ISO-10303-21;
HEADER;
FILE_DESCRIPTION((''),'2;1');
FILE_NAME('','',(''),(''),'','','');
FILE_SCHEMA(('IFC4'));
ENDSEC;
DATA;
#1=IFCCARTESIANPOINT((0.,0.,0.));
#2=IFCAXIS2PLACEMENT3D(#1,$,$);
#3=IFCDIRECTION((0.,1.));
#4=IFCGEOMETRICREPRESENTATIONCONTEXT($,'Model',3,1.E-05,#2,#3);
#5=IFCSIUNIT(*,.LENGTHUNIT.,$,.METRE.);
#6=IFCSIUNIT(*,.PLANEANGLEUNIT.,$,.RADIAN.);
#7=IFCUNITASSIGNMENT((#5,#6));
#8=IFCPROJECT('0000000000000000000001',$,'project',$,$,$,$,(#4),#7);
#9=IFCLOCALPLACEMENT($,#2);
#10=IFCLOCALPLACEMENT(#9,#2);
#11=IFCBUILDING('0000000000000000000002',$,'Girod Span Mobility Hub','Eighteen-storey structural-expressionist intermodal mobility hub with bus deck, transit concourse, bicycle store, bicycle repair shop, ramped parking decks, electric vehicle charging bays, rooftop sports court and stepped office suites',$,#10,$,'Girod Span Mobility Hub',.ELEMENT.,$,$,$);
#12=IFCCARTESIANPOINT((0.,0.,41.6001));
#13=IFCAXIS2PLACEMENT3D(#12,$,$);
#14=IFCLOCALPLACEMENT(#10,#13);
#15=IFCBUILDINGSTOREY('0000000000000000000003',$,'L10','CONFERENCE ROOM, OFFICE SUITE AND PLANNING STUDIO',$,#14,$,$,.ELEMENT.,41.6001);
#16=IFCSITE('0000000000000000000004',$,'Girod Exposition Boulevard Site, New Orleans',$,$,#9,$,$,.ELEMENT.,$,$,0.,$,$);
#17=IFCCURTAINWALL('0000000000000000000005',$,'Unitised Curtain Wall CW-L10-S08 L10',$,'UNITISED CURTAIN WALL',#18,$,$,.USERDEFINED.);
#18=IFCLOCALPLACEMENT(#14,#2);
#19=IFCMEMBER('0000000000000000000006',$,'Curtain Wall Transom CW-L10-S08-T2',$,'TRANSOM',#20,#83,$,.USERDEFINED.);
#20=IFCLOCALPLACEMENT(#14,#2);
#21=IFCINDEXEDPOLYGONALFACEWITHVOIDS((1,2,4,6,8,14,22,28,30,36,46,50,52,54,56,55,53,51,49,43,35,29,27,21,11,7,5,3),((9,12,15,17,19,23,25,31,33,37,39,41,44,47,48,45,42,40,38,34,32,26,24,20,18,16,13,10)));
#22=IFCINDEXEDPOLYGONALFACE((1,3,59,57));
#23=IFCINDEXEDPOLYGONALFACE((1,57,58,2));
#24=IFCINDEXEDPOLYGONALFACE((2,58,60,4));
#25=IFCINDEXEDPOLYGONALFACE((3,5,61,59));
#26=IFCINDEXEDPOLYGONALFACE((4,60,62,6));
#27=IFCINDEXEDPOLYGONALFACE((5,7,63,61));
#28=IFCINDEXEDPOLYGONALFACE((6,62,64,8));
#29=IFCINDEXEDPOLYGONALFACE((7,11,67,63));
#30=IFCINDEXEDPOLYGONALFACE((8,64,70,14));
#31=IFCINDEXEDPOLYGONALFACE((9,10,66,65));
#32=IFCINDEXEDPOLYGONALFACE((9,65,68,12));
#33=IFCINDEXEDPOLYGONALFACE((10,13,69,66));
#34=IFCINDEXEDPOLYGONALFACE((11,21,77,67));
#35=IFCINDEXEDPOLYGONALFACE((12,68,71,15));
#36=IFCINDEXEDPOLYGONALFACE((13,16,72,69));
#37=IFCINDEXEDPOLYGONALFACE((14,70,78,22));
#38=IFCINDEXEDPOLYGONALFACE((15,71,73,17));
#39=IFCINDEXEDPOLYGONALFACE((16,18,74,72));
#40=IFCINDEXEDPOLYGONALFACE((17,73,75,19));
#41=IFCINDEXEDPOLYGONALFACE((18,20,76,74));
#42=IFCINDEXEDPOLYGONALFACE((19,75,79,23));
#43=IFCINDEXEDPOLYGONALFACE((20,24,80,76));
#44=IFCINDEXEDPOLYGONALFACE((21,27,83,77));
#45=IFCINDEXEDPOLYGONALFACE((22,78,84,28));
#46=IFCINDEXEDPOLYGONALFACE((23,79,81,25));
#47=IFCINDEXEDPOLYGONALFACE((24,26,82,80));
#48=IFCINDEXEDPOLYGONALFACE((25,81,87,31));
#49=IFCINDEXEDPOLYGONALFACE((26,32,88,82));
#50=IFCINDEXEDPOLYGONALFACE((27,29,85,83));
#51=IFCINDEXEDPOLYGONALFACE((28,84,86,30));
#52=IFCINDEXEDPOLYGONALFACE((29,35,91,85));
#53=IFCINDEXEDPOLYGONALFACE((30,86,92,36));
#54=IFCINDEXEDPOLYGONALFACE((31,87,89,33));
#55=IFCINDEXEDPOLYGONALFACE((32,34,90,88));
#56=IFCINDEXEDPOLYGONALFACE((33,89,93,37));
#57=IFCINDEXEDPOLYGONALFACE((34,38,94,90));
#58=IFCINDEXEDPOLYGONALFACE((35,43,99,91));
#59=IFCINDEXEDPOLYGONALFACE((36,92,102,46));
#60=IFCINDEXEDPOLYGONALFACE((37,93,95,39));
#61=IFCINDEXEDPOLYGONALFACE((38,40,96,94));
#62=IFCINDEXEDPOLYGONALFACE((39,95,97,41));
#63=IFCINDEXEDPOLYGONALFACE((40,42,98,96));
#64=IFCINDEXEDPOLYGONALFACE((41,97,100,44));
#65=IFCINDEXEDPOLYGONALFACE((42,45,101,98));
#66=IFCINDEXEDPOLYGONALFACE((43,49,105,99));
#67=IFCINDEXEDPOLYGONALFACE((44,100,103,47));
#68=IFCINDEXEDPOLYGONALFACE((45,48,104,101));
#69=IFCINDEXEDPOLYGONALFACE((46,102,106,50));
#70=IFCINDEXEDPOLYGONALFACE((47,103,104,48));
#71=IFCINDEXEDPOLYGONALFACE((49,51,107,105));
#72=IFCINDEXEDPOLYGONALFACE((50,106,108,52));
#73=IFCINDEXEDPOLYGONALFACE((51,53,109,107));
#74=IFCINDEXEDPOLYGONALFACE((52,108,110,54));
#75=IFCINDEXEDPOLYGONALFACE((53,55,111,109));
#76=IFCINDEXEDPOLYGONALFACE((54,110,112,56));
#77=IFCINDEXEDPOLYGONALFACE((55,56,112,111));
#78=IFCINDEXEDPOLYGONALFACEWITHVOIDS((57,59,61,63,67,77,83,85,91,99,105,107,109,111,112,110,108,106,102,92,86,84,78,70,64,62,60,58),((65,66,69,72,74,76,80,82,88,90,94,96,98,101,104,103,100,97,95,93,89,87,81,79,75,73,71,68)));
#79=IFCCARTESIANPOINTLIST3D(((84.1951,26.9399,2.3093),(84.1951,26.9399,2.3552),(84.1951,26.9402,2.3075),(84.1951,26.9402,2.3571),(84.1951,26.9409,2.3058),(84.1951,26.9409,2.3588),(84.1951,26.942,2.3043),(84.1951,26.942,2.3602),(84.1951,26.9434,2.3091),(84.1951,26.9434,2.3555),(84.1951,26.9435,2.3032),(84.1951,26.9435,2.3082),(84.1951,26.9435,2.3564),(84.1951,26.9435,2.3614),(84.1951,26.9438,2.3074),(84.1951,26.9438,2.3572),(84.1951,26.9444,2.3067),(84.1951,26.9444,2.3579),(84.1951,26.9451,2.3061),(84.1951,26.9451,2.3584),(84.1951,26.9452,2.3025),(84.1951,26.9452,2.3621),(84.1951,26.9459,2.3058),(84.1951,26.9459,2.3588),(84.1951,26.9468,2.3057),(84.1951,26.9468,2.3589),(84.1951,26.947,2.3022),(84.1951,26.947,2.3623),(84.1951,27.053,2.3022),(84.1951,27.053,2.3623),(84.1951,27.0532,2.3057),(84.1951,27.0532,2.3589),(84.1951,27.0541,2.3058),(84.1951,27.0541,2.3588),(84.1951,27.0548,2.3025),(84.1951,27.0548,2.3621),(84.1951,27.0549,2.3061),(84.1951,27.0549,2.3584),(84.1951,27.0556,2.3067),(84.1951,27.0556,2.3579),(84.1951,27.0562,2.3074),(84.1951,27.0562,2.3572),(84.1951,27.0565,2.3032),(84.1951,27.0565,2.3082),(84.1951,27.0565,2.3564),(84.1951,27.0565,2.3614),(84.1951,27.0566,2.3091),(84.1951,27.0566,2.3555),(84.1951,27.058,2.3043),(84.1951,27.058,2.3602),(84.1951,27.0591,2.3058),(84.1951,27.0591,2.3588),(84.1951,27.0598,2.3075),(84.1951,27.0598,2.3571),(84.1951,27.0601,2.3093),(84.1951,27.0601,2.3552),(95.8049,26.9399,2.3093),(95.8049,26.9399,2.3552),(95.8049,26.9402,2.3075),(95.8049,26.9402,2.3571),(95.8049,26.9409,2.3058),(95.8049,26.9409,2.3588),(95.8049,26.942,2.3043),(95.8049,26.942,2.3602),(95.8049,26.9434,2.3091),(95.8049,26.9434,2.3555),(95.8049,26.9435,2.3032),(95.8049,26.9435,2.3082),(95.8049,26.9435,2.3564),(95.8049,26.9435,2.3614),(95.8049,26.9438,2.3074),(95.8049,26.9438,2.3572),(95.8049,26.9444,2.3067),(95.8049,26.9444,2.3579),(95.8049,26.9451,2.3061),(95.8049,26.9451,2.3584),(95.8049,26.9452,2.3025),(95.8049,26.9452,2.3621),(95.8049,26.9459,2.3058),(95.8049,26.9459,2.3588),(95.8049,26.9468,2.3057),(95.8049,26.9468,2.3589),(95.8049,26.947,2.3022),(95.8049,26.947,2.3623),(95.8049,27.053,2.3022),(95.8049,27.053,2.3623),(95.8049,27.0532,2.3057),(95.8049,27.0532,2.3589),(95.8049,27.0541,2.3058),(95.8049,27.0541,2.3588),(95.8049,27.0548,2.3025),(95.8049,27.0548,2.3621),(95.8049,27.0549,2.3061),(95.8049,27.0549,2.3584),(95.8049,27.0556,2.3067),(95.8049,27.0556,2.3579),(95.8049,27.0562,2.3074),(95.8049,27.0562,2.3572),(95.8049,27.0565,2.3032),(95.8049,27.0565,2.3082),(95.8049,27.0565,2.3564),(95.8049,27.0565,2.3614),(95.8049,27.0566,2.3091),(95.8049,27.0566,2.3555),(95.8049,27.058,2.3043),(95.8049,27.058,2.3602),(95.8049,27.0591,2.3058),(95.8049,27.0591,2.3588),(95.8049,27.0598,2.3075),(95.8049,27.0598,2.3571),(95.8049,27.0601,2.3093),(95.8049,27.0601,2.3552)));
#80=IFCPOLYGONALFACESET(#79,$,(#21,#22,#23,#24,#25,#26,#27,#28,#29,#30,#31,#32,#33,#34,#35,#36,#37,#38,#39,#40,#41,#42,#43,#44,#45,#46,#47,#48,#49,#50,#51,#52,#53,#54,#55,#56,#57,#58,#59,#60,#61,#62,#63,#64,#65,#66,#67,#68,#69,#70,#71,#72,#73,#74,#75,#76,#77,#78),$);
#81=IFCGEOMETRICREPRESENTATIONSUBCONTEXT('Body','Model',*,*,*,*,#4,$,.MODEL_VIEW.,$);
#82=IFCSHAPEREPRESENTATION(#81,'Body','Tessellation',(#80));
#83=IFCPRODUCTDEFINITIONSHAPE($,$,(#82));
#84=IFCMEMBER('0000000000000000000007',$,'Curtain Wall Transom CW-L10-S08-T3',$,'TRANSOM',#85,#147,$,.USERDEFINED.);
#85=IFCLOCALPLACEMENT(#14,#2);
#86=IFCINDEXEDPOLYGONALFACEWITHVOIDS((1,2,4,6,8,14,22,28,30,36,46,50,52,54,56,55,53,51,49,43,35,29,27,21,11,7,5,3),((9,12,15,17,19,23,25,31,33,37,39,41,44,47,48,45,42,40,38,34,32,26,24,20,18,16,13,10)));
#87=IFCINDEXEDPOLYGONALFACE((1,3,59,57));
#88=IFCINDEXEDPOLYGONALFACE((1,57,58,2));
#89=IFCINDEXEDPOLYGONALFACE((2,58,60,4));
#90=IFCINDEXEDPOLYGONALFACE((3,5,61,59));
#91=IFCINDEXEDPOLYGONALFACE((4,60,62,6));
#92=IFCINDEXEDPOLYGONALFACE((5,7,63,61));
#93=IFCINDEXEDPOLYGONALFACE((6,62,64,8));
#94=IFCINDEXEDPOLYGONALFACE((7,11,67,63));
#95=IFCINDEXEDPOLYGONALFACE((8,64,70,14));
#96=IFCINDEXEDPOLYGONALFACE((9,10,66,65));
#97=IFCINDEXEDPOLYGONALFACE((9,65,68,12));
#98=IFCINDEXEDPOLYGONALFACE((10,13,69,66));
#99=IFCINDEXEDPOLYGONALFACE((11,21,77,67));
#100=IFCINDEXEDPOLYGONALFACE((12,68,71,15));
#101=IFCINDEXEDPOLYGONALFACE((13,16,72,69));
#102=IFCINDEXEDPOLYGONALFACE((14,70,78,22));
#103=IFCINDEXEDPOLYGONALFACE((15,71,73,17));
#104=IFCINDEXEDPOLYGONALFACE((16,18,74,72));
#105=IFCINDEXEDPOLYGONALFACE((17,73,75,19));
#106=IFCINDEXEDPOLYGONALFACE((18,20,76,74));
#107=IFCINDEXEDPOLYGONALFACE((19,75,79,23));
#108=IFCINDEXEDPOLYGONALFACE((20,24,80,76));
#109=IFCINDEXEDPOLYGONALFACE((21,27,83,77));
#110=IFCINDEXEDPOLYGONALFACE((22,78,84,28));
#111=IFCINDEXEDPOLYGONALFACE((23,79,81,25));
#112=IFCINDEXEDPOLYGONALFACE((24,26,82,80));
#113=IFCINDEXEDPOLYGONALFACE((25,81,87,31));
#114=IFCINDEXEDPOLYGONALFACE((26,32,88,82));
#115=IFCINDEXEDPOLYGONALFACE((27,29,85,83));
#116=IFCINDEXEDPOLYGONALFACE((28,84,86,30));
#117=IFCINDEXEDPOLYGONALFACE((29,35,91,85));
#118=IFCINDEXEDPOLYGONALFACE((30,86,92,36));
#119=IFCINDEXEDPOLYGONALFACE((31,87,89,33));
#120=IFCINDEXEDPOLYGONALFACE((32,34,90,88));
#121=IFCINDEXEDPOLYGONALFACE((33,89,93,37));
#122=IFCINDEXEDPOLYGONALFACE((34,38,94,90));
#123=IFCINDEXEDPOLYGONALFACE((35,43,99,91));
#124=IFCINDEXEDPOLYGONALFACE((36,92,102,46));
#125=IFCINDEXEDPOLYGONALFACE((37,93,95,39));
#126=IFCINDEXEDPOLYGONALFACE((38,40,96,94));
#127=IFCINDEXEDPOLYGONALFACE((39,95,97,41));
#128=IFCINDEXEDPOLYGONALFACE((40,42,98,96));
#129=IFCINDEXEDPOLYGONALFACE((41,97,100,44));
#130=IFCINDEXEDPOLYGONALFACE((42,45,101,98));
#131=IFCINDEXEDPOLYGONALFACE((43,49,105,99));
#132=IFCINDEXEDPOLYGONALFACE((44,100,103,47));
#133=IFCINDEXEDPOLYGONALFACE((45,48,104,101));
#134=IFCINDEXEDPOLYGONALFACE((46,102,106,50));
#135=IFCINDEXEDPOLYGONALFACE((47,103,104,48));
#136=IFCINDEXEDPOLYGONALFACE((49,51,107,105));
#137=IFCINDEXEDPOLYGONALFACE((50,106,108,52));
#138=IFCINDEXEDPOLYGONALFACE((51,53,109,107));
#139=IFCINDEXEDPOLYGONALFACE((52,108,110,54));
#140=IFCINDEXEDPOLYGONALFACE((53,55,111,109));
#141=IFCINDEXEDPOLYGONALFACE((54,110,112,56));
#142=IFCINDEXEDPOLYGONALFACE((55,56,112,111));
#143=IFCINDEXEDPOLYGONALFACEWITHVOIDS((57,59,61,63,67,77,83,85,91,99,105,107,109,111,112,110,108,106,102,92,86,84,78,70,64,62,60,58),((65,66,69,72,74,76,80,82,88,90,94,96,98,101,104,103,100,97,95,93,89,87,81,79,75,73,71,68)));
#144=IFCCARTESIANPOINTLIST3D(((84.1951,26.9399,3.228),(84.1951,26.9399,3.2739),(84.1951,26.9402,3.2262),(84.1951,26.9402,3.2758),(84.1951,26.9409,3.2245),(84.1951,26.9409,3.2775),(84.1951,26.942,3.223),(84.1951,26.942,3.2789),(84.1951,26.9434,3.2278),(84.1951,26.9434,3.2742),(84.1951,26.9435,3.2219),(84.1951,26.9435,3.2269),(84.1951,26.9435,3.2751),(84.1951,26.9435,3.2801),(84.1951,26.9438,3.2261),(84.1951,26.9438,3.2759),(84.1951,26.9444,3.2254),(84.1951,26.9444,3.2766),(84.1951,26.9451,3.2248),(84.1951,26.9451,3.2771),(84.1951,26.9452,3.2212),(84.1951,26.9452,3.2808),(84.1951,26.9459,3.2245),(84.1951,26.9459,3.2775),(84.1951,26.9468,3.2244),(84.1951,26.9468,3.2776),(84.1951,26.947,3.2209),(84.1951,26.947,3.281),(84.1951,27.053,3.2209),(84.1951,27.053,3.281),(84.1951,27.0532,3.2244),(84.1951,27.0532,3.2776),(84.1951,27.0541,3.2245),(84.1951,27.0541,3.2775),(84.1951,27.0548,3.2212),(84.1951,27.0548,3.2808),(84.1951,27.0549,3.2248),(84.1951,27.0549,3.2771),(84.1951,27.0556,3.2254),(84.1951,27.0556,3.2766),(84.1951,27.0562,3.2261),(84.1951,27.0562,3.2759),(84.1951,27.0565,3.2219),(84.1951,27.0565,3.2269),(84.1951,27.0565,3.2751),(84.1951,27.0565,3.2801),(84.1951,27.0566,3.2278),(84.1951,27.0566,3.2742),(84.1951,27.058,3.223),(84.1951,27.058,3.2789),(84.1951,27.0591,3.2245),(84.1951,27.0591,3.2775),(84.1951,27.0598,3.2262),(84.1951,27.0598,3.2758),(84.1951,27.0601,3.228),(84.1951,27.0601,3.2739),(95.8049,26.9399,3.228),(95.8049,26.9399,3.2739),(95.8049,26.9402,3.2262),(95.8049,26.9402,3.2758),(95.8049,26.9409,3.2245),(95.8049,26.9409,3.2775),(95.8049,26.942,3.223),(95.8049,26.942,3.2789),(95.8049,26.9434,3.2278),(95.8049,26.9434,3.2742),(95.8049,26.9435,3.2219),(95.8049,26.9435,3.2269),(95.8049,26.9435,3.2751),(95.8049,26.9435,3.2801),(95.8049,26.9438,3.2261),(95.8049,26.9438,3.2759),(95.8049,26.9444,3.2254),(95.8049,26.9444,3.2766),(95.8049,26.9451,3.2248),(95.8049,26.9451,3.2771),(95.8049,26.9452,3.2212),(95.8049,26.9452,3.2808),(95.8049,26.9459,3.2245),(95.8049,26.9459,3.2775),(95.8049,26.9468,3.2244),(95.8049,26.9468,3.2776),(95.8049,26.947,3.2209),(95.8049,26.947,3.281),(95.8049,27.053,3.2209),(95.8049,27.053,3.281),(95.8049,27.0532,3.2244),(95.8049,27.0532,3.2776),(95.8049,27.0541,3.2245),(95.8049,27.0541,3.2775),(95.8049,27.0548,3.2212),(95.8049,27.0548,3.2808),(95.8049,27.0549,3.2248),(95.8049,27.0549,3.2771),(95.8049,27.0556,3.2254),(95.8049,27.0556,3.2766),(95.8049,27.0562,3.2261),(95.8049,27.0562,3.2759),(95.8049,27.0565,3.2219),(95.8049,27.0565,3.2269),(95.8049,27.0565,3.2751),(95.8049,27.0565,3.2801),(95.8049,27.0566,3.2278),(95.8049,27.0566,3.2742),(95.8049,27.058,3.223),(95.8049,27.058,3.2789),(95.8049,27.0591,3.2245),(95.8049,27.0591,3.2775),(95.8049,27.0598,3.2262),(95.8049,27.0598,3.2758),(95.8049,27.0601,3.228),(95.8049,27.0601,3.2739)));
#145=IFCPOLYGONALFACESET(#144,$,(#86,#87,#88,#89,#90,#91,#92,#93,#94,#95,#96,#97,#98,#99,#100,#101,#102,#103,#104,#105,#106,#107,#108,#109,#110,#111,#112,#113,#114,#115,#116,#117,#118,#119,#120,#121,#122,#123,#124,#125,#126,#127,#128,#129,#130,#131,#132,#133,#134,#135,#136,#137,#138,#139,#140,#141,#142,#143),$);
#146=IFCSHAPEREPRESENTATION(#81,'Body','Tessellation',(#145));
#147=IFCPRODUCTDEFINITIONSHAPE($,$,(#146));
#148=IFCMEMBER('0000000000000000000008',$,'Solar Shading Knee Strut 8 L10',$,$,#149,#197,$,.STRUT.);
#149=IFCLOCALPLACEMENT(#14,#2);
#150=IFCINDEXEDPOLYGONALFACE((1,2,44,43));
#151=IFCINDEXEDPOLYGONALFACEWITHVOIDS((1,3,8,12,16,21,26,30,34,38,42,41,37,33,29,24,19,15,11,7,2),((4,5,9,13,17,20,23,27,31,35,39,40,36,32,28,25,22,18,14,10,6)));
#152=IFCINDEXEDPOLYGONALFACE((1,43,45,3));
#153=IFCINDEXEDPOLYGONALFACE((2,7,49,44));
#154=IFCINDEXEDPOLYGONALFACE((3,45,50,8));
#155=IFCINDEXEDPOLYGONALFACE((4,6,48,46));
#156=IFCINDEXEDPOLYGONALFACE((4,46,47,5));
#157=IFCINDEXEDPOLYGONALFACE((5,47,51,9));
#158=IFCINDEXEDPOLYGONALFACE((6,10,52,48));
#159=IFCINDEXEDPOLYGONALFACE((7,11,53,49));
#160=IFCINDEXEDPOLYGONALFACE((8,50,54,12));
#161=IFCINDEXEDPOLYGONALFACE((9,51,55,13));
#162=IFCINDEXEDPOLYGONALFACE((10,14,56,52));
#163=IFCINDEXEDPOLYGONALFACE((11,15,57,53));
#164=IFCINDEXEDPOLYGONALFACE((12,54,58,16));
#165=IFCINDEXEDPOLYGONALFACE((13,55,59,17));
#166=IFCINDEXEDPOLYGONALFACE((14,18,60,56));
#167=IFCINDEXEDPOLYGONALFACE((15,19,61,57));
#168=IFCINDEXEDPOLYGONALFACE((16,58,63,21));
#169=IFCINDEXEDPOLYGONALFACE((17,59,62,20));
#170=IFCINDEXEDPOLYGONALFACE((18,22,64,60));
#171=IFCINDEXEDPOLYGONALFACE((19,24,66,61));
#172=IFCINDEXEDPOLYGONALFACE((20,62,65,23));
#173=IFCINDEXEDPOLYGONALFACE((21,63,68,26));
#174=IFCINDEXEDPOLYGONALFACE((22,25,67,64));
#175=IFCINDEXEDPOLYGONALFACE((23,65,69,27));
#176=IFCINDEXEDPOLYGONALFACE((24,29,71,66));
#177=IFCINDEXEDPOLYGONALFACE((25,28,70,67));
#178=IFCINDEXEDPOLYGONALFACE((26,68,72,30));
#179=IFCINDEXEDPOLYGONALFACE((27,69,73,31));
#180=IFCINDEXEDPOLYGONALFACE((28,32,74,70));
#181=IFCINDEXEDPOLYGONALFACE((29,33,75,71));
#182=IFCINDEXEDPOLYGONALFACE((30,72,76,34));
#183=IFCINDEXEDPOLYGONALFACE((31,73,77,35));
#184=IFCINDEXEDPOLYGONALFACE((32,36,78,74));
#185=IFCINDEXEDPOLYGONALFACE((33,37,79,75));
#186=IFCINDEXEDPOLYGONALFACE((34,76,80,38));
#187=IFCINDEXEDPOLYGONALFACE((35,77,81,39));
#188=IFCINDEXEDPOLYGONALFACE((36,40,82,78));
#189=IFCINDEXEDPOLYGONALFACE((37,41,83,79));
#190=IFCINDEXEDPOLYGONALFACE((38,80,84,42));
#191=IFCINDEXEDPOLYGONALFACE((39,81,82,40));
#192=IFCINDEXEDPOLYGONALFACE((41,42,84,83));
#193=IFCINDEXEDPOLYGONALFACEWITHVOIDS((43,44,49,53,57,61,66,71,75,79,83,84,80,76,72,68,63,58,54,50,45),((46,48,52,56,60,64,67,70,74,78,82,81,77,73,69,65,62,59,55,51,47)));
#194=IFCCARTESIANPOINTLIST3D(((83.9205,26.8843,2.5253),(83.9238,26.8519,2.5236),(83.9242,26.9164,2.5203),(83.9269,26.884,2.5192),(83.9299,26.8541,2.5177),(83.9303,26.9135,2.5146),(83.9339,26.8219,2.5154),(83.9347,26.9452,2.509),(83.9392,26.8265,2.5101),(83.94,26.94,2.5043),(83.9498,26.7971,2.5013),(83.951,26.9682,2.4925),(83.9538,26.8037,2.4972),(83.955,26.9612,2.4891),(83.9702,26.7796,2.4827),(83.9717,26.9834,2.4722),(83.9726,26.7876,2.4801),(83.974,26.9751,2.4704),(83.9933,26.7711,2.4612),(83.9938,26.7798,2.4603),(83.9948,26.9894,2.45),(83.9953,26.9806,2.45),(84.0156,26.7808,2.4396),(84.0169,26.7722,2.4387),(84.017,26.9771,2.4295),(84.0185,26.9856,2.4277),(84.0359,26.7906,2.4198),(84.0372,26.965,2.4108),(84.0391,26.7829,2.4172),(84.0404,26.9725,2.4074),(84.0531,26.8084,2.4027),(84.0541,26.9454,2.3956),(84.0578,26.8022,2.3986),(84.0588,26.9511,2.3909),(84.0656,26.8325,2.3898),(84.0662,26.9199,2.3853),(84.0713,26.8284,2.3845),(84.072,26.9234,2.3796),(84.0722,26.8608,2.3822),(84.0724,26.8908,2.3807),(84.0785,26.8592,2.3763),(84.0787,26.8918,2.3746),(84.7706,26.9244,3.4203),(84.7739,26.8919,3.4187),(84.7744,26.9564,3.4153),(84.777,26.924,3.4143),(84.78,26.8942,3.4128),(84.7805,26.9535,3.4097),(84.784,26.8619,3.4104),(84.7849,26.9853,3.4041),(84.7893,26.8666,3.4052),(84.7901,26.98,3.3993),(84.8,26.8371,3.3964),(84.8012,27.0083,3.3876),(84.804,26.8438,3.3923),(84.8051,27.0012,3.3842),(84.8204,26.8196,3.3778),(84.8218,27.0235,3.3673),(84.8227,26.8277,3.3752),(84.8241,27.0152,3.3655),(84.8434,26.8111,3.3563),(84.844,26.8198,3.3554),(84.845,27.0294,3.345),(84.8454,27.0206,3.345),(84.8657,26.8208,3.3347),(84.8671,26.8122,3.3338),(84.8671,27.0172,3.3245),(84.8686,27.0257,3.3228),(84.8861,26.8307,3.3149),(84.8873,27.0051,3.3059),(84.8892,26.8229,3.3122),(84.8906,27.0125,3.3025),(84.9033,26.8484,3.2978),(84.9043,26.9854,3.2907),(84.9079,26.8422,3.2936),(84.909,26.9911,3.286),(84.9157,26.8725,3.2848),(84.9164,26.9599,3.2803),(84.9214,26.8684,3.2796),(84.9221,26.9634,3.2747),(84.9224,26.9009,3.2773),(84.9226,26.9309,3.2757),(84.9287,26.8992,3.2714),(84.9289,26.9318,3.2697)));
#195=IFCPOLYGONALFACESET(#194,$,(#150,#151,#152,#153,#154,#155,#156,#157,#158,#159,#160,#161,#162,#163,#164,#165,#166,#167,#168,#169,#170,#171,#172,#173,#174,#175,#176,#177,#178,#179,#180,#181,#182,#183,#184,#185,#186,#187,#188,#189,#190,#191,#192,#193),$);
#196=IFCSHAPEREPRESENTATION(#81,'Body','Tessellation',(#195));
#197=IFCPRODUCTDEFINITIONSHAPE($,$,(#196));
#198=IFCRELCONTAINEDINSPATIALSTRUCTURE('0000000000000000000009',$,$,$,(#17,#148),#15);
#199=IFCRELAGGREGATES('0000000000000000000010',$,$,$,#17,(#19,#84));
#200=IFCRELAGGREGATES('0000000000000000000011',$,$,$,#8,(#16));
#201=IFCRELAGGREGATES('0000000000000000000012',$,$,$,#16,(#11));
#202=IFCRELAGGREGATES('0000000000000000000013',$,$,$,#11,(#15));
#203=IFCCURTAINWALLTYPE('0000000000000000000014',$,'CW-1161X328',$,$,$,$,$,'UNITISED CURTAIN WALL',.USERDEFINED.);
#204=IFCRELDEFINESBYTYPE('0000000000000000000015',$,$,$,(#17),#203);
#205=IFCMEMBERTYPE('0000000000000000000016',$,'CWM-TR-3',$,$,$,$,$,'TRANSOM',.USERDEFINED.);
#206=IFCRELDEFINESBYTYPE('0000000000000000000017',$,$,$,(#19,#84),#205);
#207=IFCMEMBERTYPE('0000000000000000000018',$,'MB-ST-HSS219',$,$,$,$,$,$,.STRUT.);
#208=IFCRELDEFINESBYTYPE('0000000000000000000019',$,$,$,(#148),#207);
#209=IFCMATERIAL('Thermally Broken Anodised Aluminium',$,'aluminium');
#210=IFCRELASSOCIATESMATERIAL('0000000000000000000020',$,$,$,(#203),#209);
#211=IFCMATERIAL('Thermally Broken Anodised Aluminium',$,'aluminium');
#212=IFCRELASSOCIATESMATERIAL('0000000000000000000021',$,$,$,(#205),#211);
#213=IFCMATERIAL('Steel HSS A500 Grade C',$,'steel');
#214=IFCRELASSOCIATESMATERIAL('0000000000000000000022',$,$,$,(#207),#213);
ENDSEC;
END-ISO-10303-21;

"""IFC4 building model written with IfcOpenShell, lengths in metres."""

from ifc_helpers import new_model, si_unit, direction, frame, origin, origin_2d, place, context, subcontext, project, spatial, hollow_rectangle, hollow_circle, extrude, material, material_profile, profile_set, type_object, element, aggregate, save


model = new_model("IFC4")

# Units and contexts
model_context = context("Model", 3, precision=1e-05, world=origin(), true_north=direction((0.0, 1.0)))
body_context = subcontext(model_context, "Body", "Model", "MODEL_VIEW")
ifc_project = project(units=[si_unit("LENGTHUNIT", "METRE"), si_unit("PLANEANGLEUNIT", "RADIAN")], contexts=[model_context])

# Site, building, storey
site_placement = place(None, origin())
site = spatial("IfcSite", under=ifc_project, at=site_placement, Name="Girod Exposition Boulevard Site, New Orleans", CompositionType="ELEMENT", RefElevation=0.0)
building_placement = place(site_placement, origin())
building = spatial("IfcBuilding", under=site, at=building_placement, Name="Girod Span Mobility Hub", Description="Eighteen-storey structural-expressionist intermodal mobility hub with bus deck, transit concourse, bicycle store, bicycle repair shop, ramped parking decks, electric vehicle charging bays, rooftop sports court and stepped office suites", LongName="Girod Span Mobility Hub", CompositionType="ELEMENT")
storey_placement = place(building_placement, frame((0.0, 0.0, 41.6001)))
storey = spatial("IfcBuildingStorey", under=building, at=storey_placement, Name="L10", Description="CONFERENCE ROOM, OFFICE SUITE AND PLANNING STUDIO", CompositionType="ELEMENT", Elevation=41.6001)

# Curtain wall, members
ifc_material_1 = material(Name="Thermally Broken Anodised Aluminium", Category="aluminium")
curtain_wall_type = type_object("IfcCurtainWallType", Name="CW-1161X328", ElementType="UNITISED CURTAIN WALL", PredefinedType="USERDEFINED", material=ifc_material_1)
curtain_wall_placement = place(storey_placement, origin())
curtain_wall = element("IfcCurtainWall", 1, at=curtain_wall_placement, inside=storey, type_object=curtain_wall_type, Name="Unitised Curtain Wall CW-L10-S08 L10", ObjectType="UNITISED CURTAIN WALL", PredefinedType="USERDEFINED")
ifc_material_2 = material(Name="Thermally Broken Anodised Aluminium", Category="aluminium")
ifc_material_profile_1 = material_profile(ifc_material_2, hollow_rectangle(XDim=0.1201, YDim=0.0601, WallThickness=0.0034, InnerFilletRadius=0.0034, OuterFilletRadius=0.0071, at=origin_2d()), Name="CW-TR-60X120")
ifc_profile_set_1 = profile_set([ifc_material_profile_1], Name="Thermally Broken Anodised Aluminium")
member_type_1 = type_object("IfcMemberType", Name="CWM-TR-3", ElementType="TRANSOM", PredefinedType="USERDEFINED", material=ifc_profile_set_1)
member_1_placement = place(storey_placement, frame((84.1951, 27.0, 2.3323), z_axis=(1.0, 0.0, 0.0), x_axis=(0.0, 1.0, 0.0)))
member_1 = element("IfcMember", 2, at=member_1_placement, type_object=member_type_1, Name="Curtain Wall Transom CW-L10-S08-T2", ObjectType="TRANSOM", PredefinedType="USERDEFINED", context=body_context, shape_type="SweptSolid", body=[
    extrude(hollow_rectangle(XDim=0.1201, YDim=0.0601, WallThickness=0.0034, InnerFilletRadius=0.0034, OuterFilletRadius=0.0071, at=origin_2d()), origin(), (0.0, 0.0, 1.0), 11.6099),
])
member_2_placement = place(storey_placement, frame((84.1951, 27.0, 3.251), z_axis=(1.0, 0.0, 0.0), x_axis=(0.0, 1.0, 0.0)))
member_2 = element("IfcMember", 3, at=member_2_placement, type_object=member_type_1, Name="Curtain Wall Transom CW-L10-S08-T3", ObjectType="TRANSOM", PredefinedType="USERDEFINED", context=body_context, shape_type="SweptSolid", body=[
    extrude(hollow_rectangle(XDim=0.1201, YDim=0.0601, WallThickness=0.0034, InnerFilletRadius=0.0034, OuterFilletRadius=0.0071, at=origin_2d()), origin(), (0.0, 0.0, 1.0), 11.6099),
])

# Member
ifc_material_3 = material(Name="Steel HSS A500 Grade C", Category="steel")
ifc_material_profile_2 = material_profile(ifc_material_3, hollow_circle(Radius=0.1096, WallThickness=0.0088, at=origin_2d()), Name="HSS219X9.5")
ifc_profile_set_2 = profile_set([ifc_material_profile_2], Name="Steel HSS A500 Grade C")
member_type_2 = type_object("IfcMemberType", Name="MB-ST-HSS219", PredefinedType="STRUT", material=ifc_profile_set_2)
for number, where, z_axis, x_axis, name in (
    (4, (84.0, 26.8799, 2.45), (0.688315, 0.032419, 0.724687), (-0.047047, 0.998893, 0.0), "Solar Shading Knee Strut 8 L10"),
):
    element("IfcMember", number, at=place(storey_placement, frame(where, z_axis=z_axis, x_axis=x_axis)), inside=storey, type_object=member_type_2, Name=name, PredefinedType="STRUT", context=body_context, shape_type="SweptSolid", body=[
        extrude(hollow_circle(Radius=0.1096, WallThickness=0.0088, at=origin_2d()), origin(), (0.0, 0.0, 1.0), 1.2351),
    ])

aggregate(curtain_wall, [member_1, member_2])

save(model, "model.ifc")
